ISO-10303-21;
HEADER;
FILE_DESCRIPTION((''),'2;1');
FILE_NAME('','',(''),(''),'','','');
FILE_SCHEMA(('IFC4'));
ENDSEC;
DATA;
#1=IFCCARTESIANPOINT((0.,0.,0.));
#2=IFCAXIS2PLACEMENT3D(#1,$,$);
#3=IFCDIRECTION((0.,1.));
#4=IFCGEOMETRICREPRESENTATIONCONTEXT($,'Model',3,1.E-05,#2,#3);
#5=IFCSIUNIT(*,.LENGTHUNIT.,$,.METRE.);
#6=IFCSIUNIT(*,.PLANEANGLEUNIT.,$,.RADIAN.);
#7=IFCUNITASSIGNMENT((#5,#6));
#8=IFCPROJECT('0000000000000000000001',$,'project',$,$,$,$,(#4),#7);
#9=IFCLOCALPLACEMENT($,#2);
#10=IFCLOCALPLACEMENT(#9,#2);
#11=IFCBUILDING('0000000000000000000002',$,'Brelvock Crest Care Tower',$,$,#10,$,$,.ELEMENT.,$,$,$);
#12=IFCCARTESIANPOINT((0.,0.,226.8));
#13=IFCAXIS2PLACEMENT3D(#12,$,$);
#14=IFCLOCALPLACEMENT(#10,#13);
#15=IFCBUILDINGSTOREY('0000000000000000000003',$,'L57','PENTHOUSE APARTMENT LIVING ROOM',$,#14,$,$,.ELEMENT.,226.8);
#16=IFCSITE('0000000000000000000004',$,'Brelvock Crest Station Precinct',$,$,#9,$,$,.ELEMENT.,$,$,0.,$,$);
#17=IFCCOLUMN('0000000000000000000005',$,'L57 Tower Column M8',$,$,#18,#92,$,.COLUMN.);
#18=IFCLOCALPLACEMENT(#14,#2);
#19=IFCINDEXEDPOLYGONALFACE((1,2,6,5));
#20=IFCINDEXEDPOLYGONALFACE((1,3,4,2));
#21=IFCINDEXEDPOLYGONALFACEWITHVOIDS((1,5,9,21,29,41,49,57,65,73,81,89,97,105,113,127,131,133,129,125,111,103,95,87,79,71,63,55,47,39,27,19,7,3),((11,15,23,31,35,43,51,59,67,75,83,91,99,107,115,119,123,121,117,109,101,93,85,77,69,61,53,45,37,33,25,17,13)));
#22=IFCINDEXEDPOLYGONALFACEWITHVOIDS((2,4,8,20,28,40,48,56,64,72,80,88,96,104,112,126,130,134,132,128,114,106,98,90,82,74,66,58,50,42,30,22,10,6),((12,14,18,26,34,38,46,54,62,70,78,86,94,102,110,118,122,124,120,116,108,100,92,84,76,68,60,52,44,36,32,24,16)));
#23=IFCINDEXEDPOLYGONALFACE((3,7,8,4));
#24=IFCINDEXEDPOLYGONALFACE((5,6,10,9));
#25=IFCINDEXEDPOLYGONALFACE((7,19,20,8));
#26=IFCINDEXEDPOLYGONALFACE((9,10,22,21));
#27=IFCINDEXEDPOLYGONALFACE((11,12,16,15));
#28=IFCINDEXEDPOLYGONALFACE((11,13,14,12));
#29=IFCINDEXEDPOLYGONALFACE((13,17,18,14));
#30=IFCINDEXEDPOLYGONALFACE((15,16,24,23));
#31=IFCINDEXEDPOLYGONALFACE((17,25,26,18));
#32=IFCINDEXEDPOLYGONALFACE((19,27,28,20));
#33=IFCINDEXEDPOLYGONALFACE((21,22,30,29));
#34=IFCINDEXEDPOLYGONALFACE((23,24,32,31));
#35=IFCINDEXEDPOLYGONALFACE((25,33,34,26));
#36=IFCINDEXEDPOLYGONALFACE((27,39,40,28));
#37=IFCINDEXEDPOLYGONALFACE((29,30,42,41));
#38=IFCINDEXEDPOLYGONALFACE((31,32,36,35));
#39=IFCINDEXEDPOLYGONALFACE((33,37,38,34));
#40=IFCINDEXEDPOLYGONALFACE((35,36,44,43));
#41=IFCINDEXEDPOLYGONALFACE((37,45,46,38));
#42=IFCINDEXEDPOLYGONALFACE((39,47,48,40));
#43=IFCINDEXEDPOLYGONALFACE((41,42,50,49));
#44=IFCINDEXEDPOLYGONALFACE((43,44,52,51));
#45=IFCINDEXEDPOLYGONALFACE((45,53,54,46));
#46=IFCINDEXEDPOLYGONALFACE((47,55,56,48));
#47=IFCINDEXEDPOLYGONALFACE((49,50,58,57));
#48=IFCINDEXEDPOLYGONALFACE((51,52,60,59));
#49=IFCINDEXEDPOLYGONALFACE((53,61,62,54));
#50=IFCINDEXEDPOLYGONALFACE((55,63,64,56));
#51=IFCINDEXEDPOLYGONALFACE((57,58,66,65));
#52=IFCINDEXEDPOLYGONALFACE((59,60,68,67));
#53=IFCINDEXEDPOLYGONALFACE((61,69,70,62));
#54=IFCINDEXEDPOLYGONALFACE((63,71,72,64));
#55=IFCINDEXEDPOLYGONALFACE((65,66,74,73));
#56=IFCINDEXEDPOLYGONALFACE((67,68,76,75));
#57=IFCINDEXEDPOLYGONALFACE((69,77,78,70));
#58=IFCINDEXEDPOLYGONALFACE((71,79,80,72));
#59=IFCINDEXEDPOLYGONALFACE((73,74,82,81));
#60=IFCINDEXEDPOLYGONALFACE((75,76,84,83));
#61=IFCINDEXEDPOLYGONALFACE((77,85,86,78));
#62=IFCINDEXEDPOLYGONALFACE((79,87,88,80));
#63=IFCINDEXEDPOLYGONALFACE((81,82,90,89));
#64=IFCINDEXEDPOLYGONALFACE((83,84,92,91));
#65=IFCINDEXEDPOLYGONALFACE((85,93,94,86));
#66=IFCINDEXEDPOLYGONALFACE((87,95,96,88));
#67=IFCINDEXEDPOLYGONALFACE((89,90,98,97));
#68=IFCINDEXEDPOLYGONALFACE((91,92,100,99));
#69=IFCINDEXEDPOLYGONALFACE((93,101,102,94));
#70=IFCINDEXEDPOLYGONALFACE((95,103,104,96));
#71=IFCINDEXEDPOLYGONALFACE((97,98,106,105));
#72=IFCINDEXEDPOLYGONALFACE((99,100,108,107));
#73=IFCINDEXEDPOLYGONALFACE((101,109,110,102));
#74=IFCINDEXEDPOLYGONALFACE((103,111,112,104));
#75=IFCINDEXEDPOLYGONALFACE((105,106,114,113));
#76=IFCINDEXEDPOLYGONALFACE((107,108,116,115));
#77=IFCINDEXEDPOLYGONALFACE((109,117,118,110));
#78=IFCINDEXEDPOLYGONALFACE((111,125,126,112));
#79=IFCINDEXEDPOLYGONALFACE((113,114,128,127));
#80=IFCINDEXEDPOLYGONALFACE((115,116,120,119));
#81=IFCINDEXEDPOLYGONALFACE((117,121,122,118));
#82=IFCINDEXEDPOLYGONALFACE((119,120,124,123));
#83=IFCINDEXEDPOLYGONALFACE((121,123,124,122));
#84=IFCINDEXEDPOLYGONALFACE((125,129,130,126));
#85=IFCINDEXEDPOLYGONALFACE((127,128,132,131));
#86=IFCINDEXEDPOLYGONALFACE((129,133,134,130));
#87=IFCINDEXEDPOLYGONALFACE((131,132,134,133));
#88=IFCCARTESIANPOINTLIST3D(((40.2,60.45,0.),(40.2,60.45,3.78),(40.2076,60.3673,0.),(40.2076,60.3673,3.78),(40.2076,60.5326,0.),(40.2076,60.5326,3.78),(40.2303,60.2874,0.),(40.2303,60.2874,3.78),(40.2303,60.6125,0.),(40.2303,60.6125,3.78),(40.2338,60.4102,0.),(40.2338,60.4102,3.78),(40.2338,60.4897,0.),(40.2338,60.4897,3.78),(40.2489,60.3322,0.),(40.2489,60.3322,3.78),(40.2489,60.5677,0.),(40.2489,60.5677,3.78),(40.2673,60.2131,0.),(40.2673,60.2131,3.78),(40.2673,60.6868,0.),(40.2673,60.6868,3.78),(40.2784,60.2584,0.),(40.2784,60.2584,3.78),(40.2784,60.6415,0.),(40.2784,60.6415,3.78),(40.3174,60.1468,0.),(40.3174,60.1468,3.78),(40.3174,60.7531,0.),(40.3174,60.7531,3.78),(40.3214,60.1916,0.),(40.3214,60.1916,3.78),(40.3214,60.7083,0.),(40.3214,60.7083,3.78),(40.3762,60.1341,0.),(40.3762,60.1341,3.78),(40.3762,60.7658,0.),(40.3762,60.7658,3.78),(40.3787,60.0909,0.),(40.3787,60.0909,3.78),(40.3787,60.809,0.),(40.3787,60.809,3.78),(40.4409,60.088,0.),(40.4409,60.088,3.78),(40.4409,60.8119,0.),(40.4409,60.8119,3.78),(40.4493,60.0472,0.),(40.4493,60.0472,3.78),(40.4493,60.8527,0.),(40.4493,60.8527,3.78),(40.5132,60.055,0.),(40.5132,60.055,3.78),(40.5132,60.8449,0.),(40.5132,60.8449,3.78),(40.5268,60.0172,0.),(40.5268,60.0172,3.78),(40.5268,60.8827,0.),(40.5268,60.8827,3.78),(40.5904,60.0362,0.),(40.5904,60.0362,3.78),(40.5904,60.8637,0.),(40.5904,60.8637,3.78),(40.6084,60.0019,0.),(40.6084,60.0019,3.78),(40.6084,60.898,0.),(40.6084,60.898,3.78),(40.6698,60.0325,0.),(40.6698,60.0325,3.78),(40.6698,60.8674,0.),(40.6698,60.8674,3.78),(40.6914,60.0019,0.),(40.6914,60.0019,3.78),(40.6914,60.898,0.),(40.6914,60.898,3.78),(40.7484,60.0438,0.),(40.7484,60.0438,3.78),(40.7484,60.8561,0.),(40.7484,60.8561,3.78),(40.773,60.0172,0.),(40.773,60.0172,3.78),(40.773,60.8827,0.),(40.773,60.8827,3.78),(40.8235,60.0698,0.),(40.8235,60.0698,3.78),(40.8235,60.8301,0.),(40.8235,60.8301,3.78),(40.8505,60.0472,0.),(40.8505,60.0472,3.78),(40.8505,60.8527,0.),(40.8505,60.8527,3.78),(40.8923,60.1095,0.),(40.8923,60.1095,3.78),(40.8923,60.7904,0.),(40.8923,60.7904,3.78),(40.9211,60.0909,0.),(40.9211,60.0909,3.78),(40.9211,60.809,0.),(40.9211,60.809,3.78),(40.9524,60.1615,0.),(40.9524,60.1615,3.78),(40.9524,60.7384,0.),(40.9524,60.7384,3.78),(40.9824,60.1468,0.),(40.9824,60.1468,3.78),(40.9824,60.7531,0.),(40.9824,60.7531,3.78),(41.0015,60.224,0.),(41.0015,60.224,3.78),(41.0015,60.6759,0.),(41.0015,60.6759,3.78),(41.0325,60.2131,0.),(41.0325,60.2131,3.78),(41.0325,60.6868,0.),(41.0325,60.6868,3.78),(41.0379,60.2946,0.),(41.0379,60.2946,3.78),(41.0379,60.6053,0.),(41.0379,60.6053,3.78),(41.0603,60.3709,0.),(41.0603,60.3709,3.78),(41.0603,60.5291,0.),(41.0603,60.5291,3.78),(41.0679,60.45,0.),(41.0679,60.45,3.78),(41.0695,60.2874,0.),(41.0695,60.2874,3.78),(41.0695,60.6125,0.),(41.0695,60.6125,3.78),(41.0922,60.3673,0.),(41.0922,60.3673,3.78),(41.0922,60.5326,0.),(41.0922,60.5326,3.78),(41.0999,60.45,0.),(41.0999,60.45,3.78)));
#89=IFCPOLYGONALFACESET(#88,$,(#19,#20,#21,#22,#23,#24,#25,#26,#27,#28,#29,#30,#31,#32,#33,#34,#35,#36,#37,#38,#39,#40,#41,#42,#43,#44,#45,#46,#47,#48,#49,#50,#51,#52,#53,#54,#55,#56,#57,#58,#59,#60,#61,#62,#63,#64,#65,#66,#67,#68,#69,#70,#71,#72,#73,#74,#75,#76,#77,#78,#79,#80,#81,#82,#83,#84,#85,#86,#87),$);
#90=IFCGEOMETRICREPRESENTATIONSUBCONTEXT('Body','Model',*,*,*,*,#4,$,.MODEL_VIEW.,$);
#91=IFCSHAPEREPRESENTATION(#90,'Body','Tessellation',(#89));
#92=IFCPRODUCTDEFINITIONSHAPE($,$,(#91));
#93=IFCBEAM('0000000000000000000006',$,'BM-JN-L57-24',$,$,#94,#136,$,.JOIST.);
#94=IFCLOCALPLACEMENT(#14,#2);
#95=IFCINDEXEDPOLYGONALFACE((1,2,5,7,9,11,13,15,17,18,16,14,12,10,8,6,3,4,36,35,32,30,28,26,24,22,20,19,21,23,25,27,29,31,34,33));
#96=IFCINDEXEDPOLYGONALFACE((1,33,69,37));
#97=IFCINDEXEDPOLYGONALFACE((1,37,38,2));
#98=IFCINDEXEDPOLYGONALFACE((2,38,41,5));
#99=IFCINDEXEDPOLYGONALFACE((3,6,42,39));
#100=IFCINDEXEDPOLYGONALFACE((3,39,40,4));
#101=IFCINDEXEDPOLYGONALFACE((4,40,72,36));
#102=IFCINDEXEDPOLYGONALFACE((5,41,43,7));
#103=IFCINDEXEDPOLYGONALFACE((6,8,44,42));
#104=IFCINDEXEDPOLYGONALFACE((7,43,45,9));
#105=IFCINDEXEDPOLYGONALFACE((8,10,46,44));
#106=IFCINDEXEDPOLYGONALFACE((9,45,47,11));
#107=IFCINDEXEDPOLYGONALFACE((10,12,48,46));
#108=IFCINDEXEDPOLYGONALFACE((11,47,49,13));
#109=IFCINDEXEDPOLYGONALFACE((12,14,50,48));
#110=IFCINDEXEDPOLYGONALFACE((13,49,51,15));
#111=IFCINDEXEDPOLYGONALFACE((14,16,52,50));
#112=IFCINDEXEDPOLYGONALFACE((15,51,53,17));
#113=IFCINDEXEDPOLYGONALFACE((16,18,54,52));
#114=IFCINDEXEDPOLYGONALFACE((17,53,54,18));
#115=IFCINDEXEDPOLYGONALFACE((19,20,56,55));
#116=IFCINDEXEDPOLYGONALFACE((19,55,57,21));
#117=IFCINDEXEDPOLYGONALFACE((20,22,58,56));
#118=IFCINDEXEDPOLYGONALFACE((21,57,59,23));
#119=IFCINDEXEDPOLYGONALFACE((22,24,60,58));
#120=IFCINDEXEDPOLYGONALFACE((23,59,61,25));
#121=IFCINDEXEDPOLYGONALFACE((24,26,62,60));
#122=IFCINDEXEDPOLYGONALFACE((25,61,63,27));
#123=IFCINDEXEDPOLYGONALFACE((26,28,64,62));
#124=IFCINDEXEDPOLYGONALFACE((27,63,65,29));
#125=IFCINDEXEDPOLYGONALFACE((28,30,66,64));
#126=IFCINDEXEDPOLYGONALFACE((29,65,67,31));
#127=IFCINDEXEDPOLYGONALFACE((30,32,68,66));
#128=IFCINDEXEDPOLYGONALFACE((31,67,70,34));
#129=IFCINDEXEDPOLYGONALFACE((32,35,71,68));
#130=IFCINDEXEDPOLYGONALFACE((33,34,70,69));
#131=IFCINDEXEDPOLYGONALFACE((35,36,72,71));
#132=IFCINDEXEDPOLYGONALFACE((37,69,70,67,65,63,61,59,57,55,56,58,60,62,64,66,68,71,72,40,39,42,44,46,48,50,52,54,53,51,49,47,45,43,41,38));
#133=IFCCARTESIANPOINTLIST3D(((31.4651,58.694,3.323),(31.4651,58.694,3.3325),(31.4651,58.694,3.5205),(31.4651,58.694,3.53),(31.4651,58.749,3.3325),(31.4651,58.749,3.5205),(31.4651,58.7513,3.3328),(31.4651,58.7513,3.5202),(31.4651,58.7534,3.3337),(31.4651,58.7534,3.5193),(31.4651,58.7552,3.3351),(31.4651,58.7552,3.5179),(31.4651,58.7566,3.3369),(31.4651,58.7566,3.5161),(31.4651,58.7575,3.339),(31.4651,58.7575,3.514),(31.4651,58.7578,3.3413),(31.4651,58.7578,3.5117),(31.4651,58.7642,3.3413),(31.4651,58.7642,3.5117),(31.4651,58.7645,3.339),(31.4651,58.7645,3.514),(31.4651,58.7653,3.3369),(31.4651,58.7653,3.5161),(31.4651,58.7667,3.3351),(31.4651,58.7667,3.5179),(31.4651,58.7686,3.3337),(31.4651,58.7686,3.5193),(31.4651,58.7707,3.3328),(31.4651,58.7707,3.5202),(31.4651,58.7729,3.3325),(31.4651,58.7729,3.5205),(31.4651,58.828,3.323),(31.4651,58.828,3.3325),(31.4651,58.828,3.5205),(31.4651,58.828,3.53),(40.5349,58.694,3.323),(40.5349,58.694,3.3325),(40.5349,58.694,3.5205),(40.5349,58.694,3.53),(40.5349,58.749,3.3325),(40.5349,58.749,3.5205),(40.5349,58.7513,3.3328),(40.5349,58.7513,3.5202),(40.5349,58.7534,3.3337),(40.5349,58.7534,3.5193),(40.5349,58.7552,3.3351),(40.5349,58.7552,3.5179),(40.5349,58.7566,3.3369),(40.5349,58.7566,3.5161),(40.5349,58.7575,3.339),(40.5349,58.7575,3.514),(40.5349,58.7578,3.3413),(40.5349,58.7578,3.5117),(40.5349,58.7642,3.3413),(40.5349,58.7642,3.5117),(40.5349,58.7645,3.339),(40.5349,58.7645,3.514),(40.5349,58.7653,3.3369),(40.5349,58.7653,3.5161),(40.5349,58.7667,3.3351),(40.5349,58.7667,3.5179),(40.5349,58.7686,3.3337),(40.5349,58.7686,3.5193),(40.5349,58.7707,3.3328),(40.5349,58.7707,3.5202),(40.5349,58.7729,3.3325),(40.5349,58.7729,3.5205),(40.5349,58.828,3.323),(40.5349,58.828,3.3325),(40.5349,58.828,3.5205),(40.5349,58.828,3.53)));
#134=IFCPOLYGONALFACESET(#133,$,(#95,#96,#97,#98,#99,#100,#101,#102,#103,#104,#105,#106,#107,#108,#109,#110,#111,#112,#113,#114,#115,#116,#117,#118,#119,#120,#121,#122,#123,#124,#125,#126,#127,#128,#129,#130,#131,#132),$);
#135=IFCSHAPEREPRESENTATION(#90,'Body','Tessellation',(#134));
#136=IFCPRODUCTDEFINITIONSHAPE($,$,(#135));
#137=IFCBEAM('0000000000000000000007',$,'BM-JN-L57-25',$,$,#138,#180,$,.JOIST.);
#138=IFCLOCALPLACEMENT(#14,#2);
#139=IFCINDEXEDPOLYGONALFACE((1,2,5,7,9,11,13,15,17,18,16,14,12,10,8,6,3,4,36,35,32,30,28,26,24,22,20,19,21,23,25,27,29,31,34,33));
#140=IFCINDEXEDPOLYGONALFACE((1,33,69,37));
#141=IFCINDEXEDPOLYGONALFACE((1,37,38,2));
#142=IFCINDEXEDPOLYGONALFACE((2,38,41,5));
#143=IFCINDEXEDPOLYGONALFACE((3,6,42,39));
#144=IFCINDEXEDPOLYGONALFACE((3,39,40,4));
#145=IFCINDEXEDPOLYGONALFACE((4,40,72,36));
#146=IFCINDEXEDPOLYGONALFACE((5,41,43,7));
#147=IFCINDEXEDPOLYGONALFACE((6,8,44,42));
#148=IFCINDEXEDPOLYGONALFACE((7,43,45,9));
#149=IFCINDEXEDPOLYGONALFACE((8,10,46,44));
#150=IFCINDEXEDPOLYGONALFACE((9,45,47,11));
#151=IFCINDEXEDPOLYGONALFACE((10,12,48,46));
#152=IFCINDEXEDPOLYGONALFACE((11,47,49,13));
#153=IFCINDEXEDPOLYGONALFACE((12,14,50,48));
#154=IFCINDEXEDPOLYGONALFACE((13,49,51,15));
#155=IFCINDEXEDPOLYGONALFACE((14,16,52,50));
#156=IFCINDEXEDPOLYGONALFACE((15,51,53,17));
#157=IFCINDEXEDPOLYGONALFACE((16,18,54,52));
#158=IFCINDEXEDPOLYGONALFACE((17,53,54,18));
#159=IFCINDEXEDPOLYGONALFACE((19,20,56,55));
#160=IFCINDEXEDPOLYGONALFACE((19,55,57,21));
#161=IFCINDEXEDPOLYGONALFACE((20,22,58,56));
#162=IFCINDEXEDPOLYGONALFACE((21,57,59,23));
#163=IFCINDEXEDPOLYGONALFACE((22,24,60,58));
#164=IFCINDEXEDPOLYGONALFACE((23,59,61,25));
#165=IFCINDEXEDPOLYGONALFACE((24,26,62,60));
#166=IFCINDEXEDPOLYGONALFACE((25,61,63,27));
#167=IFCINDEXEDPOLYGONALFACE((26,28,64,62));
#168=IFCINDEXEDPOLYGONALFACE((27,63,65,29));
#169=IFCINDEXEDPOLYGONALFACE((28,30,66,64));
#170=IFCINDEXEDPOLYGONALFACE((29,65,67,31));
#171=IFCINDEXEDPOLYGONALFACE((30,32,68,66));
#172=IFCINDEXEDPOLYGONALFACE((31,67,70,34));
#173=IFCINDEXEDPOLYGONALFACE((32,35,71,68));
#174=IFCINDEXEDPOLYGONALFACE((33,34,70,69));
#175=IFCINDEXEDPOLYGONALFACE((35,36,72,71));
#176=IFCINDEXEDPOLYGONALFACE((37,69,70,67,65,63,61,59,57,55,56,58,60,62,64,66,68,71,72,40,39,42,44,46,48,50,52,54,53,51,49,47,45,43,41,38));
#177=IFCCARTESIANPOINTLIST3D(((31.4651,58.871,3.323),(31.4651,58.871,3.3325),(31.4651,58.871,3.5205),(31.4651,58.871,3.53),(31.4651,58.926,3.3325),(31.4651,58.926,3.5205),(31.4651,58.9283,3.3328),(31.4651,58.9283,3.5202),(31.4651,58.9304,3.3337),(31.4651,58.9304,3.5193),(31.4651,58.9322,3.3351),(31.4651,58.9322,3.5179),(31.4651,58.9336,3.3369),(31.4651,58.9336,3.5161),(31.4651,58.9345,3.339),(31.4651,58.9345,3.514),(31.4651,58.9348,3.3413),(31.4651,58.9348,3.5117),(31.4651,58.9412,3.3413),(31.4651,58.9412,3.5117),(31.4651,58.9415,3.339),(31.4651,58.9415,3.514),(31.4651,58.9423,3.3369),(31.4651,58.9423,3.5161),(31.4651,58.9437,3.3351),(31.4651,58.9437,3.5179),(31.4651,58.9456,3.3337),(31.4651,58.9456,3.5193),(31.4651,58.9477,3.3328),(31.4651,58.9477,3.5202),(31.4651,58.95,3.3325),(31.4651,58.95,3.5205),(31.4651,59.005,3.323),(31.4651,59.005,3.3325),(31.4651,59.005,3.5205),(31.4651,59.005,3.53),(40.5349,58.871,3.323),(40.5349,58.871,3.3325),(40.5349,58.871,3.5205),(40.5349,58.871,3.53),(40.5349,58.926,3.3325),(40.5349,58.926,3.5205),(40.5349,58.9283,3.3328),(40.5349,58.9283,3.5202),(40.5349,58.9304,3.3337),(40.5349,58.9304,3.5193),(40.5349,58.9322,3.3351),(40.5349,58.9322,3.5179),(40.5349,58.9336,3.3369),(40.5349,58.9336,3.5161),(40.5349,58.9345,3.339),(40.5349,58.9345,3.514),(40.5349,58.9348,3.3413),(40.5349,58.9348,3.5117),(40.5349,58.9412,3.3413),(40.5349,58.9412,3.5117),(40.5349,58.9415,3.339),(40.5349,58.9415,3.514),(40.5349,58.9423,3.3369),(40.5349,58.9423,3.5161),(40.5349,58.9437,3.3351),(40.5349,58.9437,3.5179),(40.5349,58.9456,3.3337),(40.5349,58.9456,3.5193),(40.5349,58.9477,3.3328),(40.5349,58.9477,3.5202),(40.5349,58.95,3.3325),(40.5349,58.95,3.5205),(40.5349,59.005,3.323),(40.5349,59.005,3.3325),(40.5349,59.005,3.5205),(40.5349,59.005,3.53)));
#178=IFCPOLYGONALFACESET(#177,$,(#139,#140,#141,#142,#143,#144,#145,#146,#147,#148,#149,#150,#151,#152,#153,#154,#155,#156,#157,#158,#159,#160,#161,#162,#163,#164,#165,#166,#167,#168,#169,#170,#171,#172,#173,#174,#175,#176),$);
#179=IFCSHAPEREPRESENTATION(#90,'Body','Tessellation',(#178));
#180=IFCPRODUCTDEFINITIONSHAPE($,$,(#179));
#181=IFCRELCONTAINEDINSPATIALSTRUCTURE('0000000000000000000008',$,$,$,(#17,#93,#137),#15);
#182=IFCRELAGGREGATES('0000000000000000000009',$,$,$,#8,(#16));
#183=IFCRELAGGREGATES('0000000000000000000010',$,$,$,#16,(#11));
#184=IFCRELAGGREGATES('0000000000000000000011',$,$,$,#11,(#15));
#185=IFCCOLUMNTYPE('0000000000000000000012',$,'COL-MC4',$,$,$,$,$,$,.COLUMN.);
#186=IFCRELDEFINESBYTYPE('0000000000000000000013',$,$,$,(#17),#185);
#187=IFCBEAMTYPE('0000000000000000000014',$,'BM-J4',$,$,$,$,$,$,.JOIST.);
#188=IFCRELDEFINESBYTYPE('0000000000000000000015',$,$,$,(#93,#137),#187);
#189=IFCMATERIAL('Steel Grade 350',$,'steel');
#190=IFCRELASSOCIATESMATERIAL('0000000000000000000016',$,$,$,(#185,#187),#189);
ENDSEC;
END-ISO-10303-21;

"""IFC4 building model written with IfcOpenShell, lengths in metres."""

from ifc_helpers import new_model, si_unit, direction, frame, origin, origin_2d, place, context, subcontext, project, spatial, hollow_circle, i_section, extrude, source, transform, mapped, material, material_profile, profile_set, type_object, element, save


model = new_model("IFC4")

# Units and contexts
model_context = context("Model", 3, precision=1e-05, world=origin(), true_north=direction((0.0, 1.0)))
body_context = subcontext(model_context, "Body", "Model", "MODEL_VIEW")
ifc_project = project(units=[si_unit("LENGTHUNIT", "METRE"), si_unit("PLANEANGLEUNIT", "RADIAN")], contexts=[model_context])

# Site, building, storey
site_placement = place(None, origin())
site = spatial("IfcSite", under=ifc_project, at=site_placement, Name="Brelvock Crest Station Precinct", CompositionType="ELEMENT", RefElevation=0.0)
building_placement = place(site_placement, origin())
building = spatial("IfcBuilding", under=site, at=building_placement, Name="Brelvock Crest Care Tower", CompositionType="ELEMENT")
storey_placement = place(building_placement, frame((0.0, 0.0, 226.8)))
storey = spatial("IfcBuildingStorey", under=building, at=storey_placement, Name="L57", Description="PENTHOUSE APARTMENT LIVING ROOM", CompositionType="ELEMENT", Elevation=226.8)

# Column
ifc_material_1 = material(Name="Steel Grade 350", Category="steel")
ifc_material_profile_1 = material_profile(ifc_material_1, hollow_circle(Radius=0.45, WallThickness=0.032, at=origin_2d()), Name="CFT900x32")
ifc_profile_set_1 = profile_set([ifc_material_profile_1], Name="Steel Grade 350")
column_type = type_object("IfcColumnType", Name="COL-MC4", PredefinedType="COLUMN", material=ifc_profile_set_1)
shared_shape_1 = source(origin(), body_context, "Body", "SweptSolid", [
    extrude(hollow_circle(Radius=0.45, WallThickness=0.032, at=origin_2d()), origin(), (0.0, 0.0, 1.0), 3.78),
])
column_placement = place(storey_placement, frame((40.6499, 60.45, 0.0), z_axis=(0.0, 0.0, 1.0), x_axis=(1.0, 0.0, 0.0)))
element("IfcColumn", 1, at=column_placement, inside=storey, type_object=column_type, Name="L57 Tower Column M8", PredefinedType="COLUMN", context=body_context, shape_type="MappedRepresentation", body=[
    mapped(shared_shape_1, transform((0.0, 0.0, 0.0), x_axis=(1.0, 0.0, 0.0), y_axis=(0.0, 1.0, 0.0), z_axis=(0.0, 0.0, 1.0), scale=1.0)),
])

# Beams
ifc_material_profile_2 = material_profile(ifc_material_1, i_section(OverallWidth=0.134, OverallDepth=0.207, WebThickness=0.0063, FlangeThickness=0.0095, FilletRadius=0.0088, at=origin_2d()), Name="200UB29.8")
ifc_profile_set_2 = profile_set([ifc_material_profile_2], Name="Steel Grade 350")
beam_type_1 = type_object("IfcBeamType", Name="BM-J4", PredefinedType="JOIST", material=ifc_profile_set_2)
shared_shape_2 = source(origin(), body_context, "Body", "SweptSolid", [
    extrude(i_section(OverallWidth=0.134, OverallDepth=0.207, WebThickness=0.0063, FlangeThickness=0.0095, FilletRadius=0.0088, at=origin_2d()), origin(), (0.0, 0.0, 1.0), 9.0698),
])
for number, where, z_axis, x_axis, name in (
    (2, (31.4651, 58.761, 3.4265), (1.0, 0.0, 0.0), (0.0, 1.0, 0.0), "BM-JN-L57-24"),
    (3, (31.4651, 58.938, 3.4265), (1.0, 0.0, 0.0), (0.0, 1.0, 0.0), "BM-JN-L57-25"),
):
    element("IfcBeam", number, at=place(storey_placement, frame(where, z_axis=z_axis, x_axis=x_axis)), inside=storey, type_object=beam_type_1, Name=name, PredefinedType="JOIST", context=body_context, shape_type="MappedRepresentation", body=[
        mapped(shared_shape_2, transform((0.0, 0.0, 0.0), x_axis=(1.0, 0.0, 0.0), y_axis=(0.0, 1.0, 0.0), z_axis=(0.0, 0.0, 1.0), scale=1.0)),
    ])

save(model, "model.ifc")
